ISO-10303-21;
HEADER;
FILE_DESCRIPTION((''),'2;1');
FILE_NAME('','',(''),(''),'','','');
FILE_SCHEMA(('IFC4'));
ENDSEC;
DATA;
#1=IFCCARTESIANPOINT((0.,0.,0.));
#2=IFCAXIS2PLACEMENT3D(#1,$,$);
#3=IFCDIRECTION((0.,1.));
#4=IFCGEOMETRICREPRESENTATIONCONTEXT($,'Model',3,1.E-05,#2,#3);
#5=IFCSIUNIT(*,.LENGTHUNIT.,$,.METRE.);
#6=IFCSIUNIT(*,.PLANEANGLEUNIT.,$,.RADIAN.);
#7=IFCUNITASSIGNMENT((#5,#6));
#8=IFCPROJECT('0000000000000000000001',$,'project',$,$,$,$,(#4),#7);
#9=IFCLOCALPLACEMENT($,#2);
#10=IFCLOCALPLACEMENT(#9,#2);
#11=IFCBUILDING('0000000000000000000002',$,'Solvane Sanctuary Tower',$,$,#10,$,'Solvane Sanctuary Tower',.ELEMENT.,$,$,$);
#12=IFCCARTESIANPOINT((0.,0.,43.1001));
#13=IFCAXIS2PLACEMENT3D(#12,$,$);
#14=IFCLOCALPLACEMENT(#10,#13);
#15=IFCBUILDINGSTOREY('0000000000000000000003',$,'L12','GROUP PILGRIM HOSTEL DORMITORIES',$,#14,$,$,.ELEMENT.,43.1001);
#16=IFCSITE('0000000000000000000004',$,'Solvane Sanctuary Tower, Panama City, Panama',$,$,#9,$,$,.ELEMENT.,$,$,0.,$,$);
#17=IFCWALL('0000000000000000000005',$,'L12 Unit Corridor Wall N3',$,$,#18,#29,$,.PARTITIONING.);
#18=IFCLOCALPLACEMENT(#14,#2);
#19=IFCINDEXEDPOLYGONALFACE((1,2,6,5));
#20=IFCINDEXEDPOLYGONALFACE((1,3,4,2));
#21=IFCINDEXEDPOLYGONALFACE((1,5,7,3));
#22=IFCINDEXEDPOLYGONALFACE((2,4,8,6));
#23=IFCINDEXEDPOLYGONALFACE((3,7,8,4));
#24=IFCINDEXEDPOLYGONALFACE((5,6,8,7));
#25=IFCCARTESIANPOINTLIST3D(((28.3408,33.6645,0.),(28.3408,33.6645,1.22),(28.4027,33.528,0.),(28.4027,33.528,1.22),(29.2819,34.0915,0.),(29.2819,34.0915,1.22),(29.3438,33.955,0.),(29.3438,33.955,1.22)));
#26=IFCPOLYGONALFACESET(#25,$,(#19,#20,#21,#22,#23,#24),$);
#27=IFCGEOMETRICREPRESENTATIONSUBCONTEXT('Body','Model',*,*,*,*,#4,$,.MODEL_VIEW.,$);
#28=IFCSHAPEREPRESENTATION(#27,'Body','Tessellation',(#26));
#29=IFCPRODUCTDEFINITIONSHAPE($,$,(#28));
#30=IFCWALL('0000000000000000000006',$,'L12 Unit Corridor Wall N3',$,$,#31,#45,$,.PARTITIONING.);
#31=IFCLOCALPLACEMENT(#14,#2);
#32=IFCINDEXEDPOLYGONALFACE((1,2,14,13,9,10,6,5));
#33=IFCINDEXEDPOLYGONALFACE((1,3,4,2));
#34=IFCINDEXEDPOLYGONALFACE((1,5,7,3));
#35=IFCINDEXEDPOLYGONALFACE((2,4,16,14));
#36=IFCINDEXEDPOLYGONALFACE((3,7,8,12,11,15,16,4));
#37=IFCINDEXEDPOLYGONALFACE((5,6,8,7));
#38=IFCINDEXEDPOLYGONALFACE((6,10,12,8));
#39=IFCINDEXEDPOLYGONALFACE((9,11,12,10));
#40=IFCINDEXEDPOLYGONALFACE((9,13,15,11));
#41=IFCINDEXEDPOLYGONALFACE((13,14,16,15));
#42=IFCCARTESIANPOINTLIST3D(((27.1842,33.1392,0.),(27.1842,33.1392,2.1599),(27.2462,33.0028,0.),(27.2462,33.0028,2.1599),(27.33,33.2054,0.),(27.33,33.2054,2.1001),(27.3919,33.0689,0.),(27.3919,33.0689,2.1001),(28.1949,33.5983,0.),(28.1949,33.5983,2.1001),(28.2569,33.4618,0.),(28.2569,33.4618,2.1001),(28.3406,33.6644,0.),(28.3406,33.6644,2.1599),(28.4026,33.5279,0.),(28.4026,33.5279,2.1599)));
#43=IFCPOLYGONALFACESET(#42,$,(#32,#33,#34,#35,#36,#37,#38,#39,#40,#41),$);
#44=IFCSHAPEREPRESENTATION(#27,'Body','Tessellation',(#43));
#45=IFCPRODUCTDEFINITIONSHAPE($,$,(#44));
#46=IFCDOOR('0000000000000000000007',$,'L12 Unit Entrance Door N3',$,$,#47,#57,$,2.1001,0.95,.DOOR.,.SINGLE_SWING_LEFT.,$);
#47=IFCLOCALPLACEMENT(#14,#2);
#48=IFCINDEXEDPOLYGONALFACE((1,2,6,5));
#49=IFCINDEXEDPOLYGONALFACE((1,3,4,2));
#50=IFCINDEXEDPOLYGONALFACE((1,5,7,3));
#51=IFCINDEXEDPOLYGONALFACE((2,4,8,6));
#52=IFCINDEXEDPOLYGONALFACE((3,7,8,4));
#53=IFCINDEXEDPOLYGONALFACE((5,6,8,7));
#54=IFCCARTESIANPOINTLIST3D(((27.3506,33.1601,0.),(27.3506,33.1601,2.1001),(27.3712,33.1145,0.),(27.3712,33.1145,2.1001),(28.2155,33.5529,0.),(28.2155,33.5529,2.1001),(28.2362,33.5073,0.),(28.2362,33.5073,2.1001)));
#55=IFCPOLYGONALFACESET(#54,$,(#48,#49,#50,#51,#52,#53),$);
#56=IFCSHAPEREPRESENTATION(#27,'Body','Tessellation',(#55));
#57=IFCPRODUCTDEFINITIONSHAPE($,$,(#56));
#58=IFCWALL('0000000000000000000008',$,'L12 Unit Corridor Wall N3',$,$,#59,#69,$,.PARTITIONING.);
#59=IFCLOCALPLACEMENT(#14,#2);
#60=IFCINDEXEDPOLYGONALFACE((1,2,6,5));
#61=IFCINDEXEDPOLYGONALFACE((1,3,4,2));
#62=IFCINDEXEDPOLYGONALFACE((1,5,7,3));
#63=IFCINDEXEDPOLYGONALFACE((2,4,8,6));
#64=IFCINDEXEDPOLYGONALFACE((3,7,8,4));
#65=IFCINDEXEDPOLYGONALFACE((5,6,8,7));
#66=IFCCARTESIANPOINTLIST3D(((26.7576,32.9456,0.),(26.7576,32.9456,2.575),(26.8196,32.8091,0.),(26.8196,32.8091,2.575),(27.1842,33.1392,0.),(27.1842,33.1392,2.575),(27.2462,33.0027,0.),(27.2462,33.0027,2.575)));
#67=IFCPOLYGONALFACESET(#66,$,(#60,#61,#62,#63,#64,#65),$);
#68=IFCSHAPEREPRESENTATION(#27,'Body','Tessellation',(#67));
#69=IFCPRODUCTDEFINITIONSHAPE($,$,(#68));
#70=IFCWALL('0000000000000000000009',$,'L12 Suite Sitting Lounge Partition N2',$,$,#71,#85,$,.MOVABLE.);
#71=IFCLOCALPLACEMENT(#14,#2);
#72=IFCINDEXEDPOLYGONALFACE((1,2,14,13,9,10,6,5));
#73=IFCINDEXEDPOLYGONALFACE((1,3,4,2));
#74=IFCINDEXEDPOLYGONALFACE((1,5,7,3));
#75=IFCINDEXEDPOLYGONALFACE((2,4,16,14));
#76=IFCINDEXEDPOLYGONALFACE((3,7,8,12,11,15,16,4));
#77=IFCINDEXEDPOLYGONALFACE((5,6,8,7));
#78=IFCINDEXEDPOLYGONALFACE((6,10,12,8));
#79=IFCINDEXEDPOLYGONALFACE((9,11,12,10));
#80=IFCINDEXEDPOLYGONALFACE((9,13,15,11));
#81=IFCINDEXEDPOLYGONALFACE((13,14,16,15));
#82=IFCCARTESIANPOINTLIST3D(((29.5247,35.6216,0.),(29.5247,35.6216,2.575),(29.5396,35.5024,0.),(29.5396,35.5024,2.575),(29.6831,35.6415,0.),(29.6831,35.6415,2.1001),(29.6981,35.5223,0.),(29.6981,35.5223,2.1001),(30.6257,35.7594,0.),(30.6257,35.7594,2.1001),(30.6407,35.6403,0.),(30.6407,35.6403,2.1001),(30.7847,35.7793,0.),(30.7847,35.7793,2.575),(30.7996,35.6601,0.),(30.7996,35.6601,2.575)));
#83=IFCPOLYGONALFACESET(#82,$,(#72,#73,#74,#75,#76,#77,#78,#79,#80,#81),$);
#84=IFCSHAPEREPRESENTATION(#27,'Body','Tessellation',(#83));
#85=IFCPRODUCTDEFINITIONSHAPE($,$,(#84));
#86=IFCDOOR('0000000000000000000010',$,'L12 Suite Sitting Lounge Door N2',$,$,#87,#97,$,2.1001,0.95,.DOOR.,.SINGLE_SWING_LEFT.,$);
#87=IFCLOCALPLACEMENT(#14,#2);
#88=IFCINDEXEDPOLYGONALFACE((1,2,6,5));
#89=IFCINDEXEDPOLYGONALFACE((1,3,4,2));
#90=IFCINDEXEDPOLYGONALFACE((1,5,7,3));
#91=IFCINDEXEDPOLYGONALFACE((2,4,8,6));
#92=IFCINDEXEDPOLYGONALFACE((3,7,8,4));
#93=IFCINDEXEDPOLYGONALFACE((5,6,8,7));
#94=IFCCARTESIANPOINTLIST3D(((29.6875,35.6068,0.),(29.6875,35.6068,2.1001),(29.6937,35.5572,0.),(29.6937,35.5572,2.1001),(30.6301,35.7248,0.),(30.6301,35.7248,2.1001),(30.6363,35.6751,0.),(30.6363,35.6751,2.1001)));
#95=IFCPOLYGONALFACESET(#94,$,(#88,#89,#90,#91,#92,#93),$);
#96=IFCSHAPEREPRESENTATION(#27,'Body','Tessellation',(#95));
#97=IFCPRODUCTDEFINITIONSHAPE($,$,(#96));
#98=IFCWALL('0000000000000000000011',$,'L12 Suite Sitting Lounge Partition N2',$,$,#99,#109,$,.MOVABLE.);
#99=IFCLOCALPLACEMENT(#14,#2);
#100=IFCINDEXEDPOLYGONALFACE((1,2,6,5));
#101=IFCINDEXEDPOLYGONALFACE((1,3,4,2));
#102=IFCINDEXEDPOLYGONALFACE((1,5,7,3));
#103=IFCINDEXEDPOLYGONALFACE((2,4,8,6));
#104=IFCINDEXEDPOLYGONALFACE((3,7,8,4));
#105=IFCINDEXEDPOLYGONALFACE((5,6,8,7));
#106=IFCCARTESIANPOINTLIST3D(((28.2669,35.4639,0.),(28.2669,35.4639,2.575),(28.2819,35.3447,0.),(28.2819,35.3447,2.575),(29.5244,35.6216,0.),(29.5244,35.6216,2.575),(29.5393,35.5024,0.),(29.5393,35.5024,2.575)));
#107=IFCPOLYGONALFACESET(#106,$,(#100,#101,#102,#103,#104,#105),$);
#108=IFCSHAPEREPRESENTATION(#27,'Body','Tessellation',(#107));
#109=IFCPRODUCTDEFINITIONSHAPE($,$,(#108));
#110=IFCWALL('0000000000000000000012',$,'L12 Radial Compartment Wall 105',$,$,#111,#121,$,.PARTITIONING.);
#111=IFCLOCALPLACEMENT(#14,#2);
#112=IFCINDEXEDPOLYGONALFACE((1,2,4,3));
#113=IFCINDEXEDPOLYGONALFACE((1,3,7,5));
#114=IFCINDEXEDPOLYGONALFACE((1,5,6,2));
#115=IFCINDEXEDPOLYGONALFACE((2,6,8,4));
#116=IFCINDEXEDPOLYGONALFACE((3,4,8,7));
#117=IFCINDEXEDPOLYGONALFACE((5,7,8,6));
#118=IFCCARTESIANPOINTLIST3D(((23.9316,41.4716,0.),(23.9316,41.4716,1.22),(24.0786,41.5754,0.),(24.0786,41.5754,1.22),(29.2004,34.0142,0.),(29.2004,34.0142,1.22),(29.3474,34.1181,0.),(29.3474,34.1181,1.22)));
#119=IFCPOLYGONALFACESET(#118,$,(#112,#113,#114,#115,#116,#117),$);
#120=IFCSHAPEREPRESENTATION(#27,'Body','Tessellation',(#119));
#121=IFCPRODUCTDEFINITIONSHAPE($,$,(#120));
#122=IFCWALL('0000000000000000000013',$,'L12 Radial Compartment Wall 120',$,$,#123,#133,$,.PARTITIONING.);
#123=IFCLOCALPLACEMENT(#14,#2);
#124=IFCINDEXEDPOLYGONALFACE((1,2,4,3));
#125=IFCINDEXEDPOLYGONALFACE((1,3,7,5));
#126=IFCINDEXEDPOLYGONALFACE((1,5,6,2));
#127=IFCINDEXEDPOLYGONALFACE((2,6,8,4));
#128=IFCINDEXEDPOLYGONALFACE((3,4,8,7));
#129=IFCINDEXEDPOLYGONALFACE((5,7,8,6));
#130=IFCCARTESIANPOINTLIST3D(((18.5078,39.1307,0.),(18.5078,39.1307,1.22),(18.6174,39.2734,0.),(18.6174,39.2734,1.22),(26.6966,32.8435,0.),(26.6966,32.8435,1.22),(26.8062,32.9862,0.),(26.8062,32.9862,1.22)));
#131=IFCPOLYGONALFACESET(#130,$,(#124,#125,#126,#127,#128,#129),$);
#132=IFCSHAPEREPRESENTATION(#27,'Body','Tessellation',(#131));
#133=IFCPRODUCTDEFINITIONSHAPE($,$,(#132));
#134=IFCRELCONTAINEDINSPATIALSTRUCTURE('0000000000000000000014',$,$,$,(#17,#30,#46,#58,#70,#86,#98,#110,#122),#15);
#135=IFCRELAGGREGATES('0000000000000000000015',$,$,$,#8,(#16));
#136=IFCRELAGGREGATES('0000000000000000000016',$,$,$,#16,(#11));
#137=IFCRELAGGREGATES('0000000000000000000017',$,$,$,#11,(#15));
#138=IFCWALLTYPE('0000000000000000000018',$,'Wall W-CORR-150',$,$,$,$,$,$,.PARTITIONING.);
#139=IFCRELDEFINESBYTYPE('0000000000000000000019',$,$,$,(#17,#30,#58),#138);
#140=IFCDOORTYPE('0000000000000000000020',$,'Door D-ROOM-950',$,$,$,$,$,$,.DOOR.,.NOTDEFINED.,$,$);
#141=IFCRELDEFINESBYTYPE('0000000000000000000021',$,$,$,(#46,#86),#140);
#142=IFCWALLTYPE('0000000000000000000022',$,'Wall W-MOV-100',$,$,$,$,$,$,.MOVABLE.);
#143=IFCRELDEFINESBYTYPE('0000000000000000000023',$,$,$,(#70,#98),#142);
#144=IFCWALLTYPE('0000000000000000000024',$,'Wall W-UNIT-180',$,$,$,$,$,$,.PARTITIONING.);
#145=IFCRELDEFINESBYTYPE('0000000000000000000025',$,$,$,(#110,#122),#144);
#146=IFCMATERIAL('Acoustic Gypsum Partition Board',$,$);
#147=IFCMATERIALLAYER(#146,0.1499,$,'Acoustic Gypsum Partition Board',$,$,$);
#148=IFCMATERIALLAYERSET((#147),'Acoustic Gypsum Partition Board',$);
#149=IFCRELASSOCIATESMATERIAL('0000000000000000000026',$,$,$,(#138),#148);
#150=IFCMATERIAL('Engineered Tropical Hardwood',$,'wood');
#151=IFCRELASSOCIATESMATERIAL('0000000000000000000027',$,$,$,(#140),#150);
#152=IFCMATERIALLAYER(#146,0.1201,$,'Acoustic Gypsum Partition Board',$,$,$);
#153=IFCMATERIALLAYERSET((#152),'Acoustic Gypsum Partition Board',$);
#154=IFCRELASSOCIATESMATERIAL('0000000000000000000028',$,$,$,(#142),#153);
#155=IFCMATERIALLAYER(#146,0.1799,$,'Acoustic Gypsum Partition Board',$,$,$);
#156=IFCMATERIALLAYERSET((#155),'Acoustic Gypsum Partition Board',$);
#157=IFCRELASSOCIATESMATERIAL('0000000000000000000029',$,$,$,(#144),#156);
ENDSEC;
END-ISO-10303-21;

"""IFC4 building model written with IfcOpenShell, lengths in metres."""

from ifc_helpers import new_model, si_unit, direction, frame, frame_2d, origin, place, context, subcontext, project, spatial, rectangle, extrude, material, layer, layer_set, type_object, element, fill, save


model = new_model("IFC4")

# Units and contexts
model_context = context("Model", 3, precision=1e-05, world=origin(), true_north=direction((0.0, 1.0)))
body_context = subcontext(model_context, "Body", "Model", "MODEL_VIEW")
ifc_project = project(units=[si_unit("LENGTHUNIT", "METRE"), si_unit("PLANEANGLEUNIT", "RADIAN")], contexts=[model_context])

# Site, building, storey
site_placement = place(None, origin())
site = spatial("IfcSite", under=ifc_project, at=site_placement, Name="Solvane Sanctuary Tower, Panama City, Panama", CompositionType="ELEMENT", RefElevation=0.0)
building_placement = place(site_placement, origin())
building = spatial("IfcBuilding", under=site, at=building_placement, Name="Solvane Sanctuary Tower", LongName="Solvane Sanctuary Tower", CompositionType="ELEMENT")
storey_placement = place(building_placement, frame((0.0, 0.0, 43.1001)))
storey = spatial("IfcBuildingStorey", under=building, at=storey_placement, Name="L12", Description="GROUP PILGRIM HOSTEL DORMITORIES", CompositionType="ELEMENT", Elevation=43.1001)

# Shared definitions
ifc_material_1 = material(Name="Acoustic Gypsum Partition Board")
ifc_layer_1 = layer(ifc_material_1, 0.1499, Name="Acoustic Gypsum Partition Board")
ifc_layer_set_1 = layer_set([ifc_layer_1], Name="Acoustic Gypsum Partition Board")
wall_type_1 = type_object("IfcWallType", Name="Wall W-CORR-150", PredefinedType="PARTITIONING", material=ifc_layer_set_1)

# Shared definitions
ifc_material_2 = material(Name="Engineered Tropical Hardwood", Category="wood")
door_type = type_object("IfcDoorType", Name="Door D-ROOM-950", OperationType="NOTDEFINED", PredefinedType="DOOR", material=ifc_material_2)

# Wall
wall_1_placement = place(storey_placement, frame((29.3127, 34.0232, 0.0), z_axis=(0.0, 0.0, 1.0), x_axis=(-0.910657, -0.413162, 0.0)))
element("IfcWall", 1, at=wall_1_placement, inside=storey, type_object=wall_type_1, Name="L12 Unit Corridor Wall N3", PredefinedType="PARTITIONING", context=body_context, shape_type="SweptSolid", body=[
    extrude(rectangle(XDim=1.0334, YDim=0.1499, at=frame_2d((0.5166, 0.0))), origin(), (0.0, 0.0, 1.0), 1.22),
])

# Wall, opening, door
wall_2_placement = place(storey_placement, frame((28.3716, 33.5962, 0.0), z_axis=(0.0, 0.0, 1.0), x_axis=(-0.910492, -0.413528, 0.0)))
wall_2 = element("IfcWall", 2, at=wall_2_placement, inside=storey, type_object=wall_type_1, Name="L12 Unit Corridor Wall N3", PredefinedType="PARTITIONING", context=body_context, shape_type="SweptSolid", body=[
    extrude(rectangle(XDim=1.27, YDim=0.1499, at=frame_2d((0.635, 0.0))), origin(), (0.0, 0.0, 1.0), 2.1599),
])
opening_1_placement = place(wall_2_placement, frame((0.1599, 0.0, 0.0)))
opening_1 = element("IfcOpeningElement", 3, at=opening_1_placement, cuts=wall_2, PredefinedType="OPENING", context=body_context, shape_type="SweptSolid", body=[
    extrude(rectangle(XDim=0.95, YDim=2.1001, at=frame_2d((0.4751, 1.05))), frame((0.0, 0.085, 0.0), z_axis=(0.0, -1.0, 0.0), x_axis=(1.0, 0.0, 0.0)), (0.0, 0.0, 1.0), 0.1699),
])
door_1_placement = place(opening_1_placement, origin())
door_1 = element("IfcDoor", 4, at=door_1_placement, inside=storey, type_object=door_type, Name="L12 Unit Entrance Door N3", OperationType="SINGLE_SWING_LEFT", OverallHeight=2.1001, OverallWidth=0.95, PredefinedType="DOOR", context=body_context, shape_type="SweptSolid", body=[
    extrude(rectangle(XDim=0.95, YDim=2.1001, at=frame_2d((0.4751, 1.05))), frame((0.0, 0.0249, 0.0), z_axis=(0.0, -1.0, 0.0), x_axis=(1.0, 0.0, 0.0)), (0.0, 0.0, 1.0), 0.05),
])
fill(opening_1, door_1)

# Wall
wall_3_placement = place(storey_placement, frame((27.2153, 33.071, 0.0), z_axis=(0.0, 0.0, 1.0), x_axis=(-0.910581, -0.413332, 0.0)))
element("IfcWall", 5, at=wall_3_placement, inside=storey, type_object=wall_type_1, Name="L12 Unit Corridor Wall N3", PredefinedType="PARTITIONING", context=body_context, shape_type="SweptSolid", body=[
    extrude(rectangle(XDim=0.4685, YDim=0.1499, at=frame_2d((0.2344, 0.0))), origin(), (0.0, 0.0, 1.0), 2.575),
])

# Wall, opening, door
ifc_layer_2 = layer(ifc_material_1, 0.1201, Name="Acoustic Gypsum Partition Board")
ifc_layer_set_2 = layer_set([ifc_layer_2], Name="Acoustic Gypsum Partition Board")
wall_type_2 = type_object("IfcWallType", Name="Wall W-MOV-100", PredefinedType="MOVABLE", material=ifc_layer_set_2)
wall_4_placement = place(storey_placement, frame((30.792, 35.7197, 0.0), z_axis=(0.0, 0.0, 1.0), x_axis=(-0.992257, -0.1242, 0.0)))
wall_4 = element("IfcWall", 6, at=wall_4_placement, inside=storey, type_object=wall_type_2, Name="L12 Suite Sitting Lounge Partition N2", PredefinedType="MOVABLE", context=body_context, shape_type="SweptSolid", body=[
    extrude(rectangle(XDim=1.2698, YDim=0.1201, at=frame_2d((0.6348, 0.0))), origin(), (0.0, 0.0, 1.0), 2.575),
])
opening_2_placement = place(wall_4_placement, frame((0.1599, 0.0, 0.0)))
opening_2 = element("IfcOpeningElement", 7, at=opening_2_placement, cuts=wall_4, PredefinedType="OPENING", context=body_context, shape_type="SweptSolid", body=[
    extrude(rectangle(XDim=0.95, YDim=2.1001, at=frame_2d((0.4751, 1.05))), frame((0.0, 0.0701, 0.0), z_axis=(0.0, -1.0, 0.0), x_axis=(1.0, 0.0, 0.0)), (0.0, 0.0, 1.0), 0.1401),
])
door_2_placement = place(opening_2_placement, origin())
door_2 = element("IfcDoor", 8, at=door_2_placement, inside=storey, type_object=door_type, Name="L12 Suite Sitting Lounge Door N2", OperationType="SINGLE_SWING_LEFT", OverallHeight=2.1001, OverallWidth=0.95, PredefinedType="DOOR", context=body_context, shape_type="SweptSolid", body=[
    extrude(rectangle(XDim=0.95, YDim=2.1001, at=frame_2d((0.4751, 1.05))), frame((0.0, 0.0249, 0.0), z_axis=(0.0, -1.0, 0.0), x_axis=(1.0, 0.0, 0.0)), (0.0, 0.0, 1.0), 0.05),
])
fill(opening_2, door_2)

# Walls
wall_5_placement = place(storey_placement, frame((29.532, 35.562, 0.0), z_axis=(0.0, 0.0, 1.0), x_axis=(-0.992227, -0.124438, 0.0)))
element("IfcWall", 9, at=wall_5_placement, inside=storey, type_object=wall_type_2, Name="L12 Suite Sitting Lounge Partition N2", PredefinedType="MOVABLE", context=body_context, shape_type="SweptSolid", body=[
    extrude(rectangle(XDim=1.2673, YDim=0.1201, at=frame_2d((0.6338, 0.0))), origin(), (0.0, 0.0, 1.0), 2.575),
])
ifc_layer_3 = layer(ifc_material_1, 0.1799, Name="Acoustic Gypsum Partition Board")
ifc_layer_set_3 = layer_set([ifc_layer_3], Name="Acoustic Gypsum Partition Board")
wall_type_3 = type_object("IfcWallType", Name="Wall W-UNIT-180", PredefinedType="PARTITIONING", material=ifc_layer_set_3)
wall_6_placement = place(storey_placement, frame((29.2739, 34.0662, 0.0), z_axis=(0.0, 0.0, 1.0), x_axis=(-0.577037, 0.816718, 0.0)))
element("IfcWall", 10, at=wall_6_placement, inside=storey, type_object=wall_type_3, Name="L12 Radial Compartment Wall 105", PredefinedType="PARTITIONING", context=body_context, shape_type="SweptSolid", body=[
    extrude(rectangle(XDim=9.1309, YDim=0.1799, at=frame_2d((4.5654, 0.0))), origin(), (0.0, 0.0, 1.0), 1.22),
])
wall_7_placement = place(storey_placement, frame((26.7515, 32.9148, 0.0), z_axis=(0.0, 0.0, 1.0), x_axis=(-0.793181, 0.608986, 0.0)))
element("IfcWall", 11, at=wall_7_placement, inside=storey, type_object=wall_type_3, Name="L12 Radial Compartment Wall 120", PredefinedType="PARTITIONING", context=body_context, shape_type="SweptSolid", body=[
    extrude(rectangle(XDim=10.324, YDim=0.1799, at=frame_2d((5.1621, 0.0))), origin(), (0.0, 0.0, 1.0), 1.22),
])

save(model, "model.ifc")
